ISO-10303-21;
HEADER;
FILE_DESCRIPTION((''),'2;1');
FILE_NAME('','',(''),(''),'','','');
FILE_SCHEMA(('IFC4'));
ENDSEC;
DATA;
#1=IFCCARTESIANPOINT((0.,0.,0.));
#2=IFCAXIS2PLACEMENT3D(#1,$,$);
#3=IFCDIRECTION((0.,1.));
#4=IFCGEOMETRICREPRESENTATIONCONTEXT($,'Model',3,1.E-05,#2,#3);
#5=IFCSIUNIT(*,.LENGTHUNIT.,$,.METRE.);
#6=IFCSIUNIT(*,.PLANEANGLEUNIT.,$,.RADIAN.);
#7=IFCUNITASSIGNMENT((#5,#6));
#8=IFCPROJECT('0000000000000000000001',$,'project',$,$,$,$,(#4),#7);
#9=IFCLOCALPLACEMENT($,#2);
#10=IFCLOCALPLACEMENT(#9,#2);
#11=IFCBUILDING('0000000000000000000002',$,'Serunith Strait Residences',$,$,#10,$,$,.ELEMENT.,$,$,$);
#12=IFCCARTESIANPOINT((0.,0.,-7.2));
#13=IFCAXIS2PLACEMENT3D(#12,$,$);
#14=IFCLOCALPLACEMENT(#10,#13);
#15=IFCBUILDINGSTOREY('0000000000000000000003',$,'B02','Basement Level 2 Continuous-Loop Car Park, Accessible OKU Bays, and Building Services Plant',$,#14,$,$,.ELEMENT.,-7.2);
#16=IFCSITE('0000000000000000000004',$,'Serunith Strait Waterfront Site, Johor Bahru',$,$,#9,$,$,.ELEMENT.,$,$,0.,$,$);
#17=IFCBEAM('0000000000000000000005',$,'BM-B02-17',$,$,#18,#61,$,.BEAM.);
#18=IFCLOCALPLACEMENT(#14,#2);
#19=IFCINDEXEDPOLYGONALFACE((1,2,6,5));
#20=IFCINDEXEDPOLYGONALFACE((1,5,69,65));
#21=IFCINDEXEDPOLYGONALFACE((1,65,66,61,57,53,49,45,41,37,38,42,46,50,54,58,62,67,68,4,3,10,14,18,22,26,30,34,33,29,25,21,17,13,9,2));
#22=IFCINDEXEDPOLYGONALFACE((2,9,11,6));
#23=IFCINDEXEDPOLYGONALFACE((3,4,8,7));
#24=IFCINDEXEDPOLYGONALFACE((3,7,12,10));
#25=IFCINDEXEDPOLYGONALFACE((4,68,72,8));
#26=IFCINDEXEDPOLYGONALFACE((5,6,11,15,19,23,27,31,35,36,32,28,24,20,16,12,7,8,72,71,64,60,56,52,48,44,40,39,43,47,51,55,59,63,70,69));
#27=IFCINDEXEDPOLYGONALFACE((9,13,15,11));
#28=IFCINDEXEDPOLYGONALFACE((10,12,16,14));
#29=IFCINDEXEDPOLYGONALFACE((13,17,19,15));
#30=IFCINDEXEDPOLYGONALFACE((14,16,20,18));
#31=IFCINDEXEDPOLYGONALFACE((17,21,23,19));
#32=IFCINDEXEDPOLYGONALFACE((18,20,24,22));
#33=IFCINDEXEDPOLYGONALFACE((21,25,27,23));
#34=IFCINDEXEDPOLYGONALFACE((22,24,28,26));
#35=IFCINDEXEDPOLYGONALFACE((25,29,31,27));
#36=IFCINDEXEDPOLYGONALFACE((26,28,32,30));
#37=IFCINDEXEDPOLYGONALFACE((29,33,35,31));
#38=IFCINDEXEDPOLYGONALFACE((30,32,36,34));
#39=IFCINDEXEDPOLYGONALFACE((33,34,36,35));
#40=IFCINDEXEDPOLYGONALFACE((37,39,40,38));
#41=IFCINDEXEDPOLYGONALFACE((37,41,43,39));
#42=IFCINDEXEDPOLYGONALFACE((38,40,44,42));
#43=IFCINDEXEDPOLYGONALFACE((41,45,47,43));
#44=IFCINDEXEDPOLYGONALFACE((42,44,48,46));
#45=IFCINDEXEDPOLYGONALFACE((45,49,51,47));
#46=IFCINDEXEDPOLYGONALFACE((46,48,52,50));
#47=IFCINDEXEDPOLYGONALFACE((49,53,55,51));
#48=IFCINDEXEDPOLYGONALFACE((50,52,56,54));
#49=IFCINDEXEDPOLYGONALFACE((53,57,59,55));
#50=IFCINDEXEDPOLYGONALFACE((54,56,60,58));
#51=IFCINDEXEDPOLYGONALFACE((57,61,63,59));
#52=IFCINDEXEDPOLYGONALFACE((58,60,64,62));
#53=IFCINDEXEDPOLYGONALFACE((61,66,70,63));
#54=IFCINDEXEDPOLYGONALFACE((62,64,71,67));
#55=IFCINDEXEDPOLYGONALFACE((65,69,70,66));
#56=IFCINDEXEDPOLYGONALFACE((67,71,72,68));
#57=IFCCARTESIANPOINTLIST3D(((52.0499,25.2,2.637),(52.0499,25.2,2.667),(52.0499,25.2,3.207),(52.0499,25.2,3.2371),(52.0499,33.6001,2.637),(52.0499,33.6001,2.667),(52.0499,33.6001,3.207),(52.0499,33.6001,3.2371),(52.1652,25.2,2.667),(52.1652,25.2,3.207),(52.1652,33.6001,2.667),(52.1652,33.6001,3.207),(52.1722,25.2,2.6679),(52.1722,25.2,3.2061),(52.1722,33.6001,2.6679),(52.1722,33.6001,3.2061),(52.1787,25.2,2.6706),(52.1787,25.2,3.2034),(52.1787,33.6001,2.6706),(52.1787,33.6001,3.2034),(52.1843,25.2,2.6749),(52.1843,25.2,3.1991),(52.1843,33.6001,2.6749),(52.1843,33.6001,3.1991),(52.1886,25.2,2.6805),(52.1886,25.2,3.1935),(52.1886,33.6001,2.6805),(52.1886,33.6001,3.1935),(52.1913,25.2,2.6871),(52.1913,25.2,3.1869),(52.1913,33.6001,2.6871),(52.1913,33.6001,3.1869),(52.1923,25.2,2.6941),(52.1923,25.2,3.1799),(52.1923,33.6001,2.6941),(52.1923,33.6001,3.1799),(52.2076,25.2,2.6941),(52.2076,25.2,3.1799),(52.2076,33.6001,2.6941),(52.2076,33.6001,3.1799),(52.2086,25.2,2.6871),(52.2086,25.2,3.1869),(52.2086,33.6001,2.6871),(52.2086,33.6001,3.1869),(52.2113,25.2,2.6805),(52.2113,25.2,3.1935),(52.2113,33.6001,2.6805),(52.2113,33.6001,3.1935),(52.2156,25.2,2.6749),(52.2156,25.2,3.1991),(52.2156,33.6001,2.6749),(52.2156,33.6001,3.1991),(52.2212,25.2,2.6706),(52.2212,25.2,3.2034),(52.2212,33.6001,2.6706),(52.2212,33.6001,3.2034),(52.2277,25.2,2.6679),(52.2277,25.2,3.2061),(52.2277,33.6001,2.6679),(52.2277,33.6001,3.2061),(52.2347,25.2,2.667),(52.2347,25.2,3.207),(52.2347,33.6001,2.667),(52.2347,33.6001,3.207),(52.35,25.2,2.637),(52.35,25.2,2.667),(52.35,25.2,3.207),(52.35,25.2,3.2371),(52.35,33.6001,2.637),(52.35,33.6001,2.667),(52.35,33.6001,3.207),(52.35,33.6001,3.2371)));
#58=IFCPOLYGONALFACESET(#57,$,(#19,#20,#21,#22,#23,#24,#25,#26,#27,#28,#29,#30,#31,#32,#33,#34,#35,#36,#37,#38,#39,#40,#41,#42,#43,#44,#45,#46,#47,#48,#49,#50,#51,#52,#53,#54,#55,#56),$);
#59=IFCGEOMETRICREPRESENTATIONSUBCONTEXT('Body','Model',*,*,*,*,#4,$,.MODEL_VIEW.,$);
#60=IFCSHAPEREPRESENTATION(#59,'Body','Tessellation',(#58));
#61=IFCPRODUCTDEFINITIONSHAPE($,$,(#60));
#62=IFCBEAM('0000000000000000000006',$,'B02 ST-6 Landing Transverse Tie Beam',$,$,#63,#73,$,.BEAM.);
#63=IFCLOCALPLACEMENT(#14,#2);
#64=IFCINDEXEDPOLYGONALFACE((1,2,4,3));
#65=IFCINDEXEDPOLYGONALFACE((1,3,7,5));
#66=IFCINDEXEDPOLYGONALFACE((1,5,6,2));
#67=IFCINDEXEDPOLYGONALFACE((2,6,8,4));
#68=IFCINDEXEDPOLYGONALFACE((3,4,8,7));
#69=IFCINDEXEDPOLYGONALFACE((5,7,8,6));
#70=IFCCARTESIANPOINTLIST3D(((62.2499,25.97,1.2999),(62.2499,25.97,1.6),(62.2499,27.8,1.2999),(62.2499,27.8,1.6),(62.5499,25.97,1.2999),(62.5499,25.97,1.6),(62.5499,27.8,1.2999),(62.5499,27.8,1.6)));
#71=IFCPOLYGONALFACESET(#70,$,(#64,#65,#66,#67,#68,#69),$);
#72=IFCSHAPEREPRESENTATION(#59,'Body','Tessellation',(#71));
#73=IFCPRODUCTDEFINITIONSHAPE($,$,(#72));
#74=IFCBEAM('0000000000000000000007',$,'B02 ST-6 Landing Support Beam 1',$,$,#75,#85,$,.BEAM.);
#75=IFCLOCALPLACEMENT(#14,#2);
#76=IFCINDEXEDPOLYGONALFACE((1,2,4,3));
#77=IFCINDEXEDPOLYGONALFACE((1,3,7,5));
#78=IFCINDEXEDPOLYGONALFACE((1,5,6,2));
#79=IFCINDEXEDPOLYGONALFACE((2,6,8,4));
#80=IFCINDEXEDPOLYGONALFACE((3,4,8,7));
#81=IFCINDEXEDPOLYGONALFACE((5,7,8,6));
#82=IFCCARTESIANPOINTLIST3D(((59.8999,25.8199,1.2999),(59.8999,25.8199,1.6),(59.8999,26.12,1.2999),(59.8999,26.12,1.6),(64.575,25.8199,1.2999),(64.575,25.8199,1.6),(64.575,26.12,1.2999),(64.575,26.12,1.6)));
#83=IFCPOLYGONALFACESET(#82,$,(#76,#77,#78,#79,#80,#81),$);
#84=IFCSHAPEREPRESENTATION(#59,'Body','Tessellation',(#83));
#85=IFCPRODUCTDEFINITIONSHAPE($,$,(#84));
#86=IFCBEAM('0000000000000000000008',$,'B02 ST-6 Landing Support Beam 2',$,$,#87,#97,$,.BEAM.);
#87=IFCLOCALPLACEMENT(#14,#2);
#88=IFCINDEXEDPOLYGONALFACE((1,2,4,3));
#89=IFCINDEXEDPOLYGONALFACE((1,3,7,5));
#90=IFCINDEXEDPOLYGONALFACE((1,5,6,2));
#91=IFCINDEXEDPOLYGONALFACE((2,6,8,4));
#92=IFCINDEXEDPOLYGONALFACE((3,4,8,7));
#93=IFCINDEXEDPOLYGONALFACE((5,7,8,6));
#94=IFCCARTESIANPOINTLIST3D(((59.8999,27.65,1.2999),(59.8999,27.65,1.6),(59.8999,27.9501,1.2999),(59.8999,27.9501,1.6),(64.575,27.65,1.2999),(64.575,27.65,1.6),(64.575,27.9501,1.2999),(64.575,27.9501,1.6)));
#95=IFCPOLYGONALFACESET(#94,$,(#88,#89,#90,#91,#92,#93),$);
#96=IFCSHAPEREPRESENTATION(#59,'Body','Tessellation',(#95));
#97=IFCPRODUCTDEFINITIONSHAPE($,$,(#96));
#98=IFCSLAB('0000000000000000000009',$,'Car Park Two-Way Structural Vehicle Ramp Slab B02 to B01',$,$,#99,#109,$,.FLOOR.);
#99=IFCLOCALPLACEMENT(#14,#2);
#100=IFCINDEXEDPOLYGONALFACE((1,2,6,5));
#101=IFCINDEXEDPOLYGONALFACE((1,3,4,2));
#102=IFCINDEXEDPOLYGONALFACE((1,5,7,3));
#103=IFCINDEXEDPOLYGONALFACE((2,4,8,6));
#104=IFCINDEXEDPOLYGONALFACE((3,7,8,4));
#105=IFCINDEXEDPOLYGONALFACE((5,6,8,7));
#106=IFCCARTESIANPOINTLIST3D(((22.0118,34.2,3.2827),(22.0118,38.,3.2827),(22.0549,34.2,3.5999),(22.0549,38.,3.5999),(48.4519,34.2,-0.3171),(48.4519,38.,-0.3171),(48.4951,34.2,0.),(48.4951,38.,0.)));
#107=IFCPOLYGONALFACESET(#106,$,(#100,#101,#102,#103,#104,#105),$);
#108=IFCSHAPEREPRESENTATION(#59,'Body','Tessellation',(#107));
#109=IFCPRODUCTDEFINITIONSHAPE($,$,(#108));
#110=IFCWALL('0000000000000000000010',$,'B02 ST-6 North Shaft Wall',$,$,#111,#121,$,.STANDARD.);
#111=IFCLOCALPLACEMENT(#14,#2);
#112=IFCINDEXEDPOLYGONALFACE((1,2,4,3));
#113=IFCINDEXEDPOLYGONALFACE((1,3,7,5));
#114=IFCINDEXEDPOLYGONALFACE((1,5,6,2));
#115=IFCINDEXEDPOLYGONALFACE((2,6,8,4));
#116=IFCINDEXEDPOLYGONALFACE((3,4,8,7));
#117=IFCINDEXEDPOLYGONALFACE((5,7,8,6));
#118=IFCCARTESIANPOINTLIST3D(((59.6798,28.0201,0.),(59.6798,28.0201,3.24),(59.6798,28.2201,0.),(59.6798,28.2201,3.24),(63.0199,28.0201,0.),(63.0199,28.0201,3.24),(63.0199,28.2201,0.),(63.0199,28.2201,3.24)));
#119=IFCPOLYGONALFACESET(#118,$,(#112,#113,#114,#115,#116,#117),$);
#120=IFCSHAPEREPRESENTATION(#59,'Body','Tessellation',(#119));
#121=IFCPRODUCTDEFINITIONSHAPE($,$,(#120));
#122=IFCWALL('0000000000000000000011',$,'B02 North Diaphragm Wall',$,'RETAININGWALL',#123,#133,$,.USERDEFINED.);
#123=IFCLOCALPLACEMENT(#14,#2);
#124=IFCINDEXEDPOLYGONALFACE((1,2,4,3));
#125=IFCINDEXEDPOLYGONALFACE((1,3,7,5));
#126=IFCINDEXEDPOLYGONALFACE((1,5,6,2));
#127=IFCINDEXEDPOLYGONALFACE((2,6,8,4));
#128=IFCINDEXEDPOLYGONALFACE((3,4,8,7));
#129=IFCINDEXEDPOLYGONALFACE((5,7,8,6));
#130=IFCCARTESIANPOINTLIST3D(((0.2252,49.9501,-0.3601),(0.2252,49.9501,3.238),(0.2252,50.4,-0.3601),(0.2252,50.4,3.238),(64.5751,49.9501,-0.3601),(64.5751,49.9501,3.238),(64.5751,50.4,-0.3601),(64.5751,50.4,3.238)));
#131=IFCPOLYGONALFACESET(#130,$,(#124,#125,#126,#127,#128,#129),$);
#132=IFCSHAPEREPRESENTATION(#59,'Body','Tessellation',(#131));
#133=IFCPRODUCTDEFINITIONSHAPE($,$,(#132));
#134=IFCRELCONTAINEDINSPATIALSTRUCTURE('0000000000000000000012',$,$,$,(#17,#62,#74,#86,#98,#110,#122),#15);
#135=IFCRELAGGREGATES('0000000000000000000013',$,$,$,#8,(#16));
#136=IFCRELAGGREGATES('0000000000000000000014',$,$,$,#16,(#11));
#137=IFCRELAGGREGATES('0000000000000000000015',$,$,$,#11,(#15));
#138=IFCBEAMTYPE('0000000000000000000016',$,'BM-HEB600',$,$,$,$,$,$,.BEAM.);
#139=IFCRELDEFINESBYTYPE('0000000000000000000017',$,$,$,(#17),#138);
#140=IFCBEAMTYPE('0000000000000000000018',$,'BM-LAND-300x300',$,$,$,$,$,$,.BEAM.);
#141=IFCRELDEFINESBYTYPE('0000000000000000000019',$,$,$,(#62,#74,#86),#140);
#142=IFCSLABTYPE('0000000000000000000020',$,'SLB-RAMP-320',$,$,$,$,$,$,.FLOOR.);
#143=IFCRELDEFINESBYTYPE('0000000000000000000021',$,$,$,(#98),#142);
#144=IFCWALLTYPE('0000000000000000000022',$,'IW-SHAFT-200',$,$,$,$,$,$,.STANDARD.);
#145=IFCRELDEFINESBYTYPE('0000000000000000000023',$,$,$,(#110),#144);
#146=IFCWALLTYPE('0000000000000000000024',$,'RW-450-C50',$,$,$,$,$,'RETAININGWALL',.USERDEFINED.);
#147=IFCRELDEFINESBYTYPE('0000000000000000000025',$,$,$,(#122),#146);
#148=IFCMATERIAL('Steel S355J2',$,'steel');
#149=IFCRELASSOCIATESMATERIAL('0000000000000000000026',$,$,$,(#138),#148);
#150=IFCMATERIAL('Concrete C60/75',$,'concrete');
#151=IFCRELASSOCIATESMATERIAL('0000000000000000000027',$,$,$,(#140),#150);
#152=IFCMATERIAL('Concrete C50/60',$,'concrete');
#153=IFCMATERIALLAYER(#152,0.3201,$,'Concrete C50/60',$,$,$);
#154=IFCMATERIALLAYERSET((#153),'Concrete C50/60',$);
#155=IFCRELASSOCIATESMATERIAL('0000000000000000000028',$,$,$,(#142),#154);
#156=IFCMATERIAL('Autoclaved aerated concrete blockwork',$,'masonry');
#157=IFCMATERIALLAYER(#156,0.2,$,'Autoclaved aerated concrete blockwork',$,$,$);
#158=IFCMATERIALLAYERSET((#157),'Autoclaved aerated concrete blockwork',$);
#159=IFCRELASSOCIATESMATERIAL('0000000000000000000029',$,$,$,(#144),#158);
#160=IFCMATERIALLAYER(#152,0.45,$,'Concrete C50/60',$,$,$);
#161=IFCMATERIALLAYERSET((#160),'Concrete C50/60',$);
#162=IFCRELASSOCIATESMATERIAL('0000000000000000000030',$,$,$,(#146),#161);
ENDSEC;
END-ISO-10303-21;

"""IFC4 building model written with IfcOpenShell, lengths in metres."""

from ifc_helpers import new_model, si_unit, direction, frame, frame_2d, origin, origin_2d, place, context, subcontext, project, spatial, polyline, rectangle, i_section, outline, extrude, source, transform, mapped, material, layer, layer_set, material_profile, profile_set, type_object, element, save


model = new_model("IFC4")

# Units and contexts
model_context = context("Model", 3, precision=1e-05, world=origin(), true_north=direction((0.0, 1.0)))
body_context = subcontext(model_context, "Body", "Model", "MODEL_VIEW")
ifc_project = project(units=[si_unit("LENGTHUNIT", "METRE"), si_unit("PLANEANGLEUNIT", "RADIAN")], contexts=[model_context])

# Site, building, storey
site_placement = place(None, origin())
site = spatial("IfcSite", under=ifc_project, at=site_placement, Name="Serunith Strait Waterfront Site, Johor Bahru", CompositionType="ELEMENT", RefElevation=0.0)
building_placement = place(site_placement, origin())
building = spatial("IfcBuilding", under=site, at=building_placement, Name="Serunith Strait Residences", CompositionType="ELEMENT")
storey_placement = place(building_placement, frame((0.0, 0.0, -7.2)))
storey = spatial("IfcBuildingStorey", under=building, at=storey_placement, Name="B02", Description="Basement Level 2 Continuous-Loop Car Park, Accessible OKU Bays, and Building Services Plant", CompositionType="ELEMENT", Elevation=-7.2)

# Beams
ifc_material_1 = material(Name="Steel S355J2", Category="steel")
ifc_material_profile_1 = material_profile(ifc_material_1, i_section(OverallWidth=0.3, OverallDepth=0.6001, WebThickness=0.0154, FlangeThickness=0.03, FilletRadius=0.0271, at=origin_2d()), Name="HEB 600")
ifc_profile_set_1 = profile_set([ifc_material_profile_1], Name="Steel S355J2")
beam_type_1 = type_object("IfcBeamType", Name="BM-HEB600", PredefinedType="BEAM", material=ifc_profile_set_1)
shared_shape_1 = source(origin(), body_context, "Body", "SweptSolid", [
    extrude(i_section(OverallWidth=0.3, OverallDepth=0.6001, WebThickness=0.0154, FlangeThickness=0.03, FilletRadius=0.0271, at=origin_2d()), origin(), (0.0, 0.0, 1.0), 8.4001),
])
beam_1_placement = place(storey_placement, frame((52.2, 25.2, 2.937), z_axis=(0.0, 1.0, 0.0), x_axis=(-1.0, 0.0, 0.0)))
element("IfcBeam", 1, at=beam_1_placement, inside=storey, type_object=beam_type_1, Name="BM-B02-17", PredefinedType="BEAM", context=body_context, shape_type="MappedRepresentation", body=[
    mapped(shared_shape_1, transform((0.0, 0.0, 0.0), scale=1.0)),
])
ifc_material_2 = material(Name="Concrete C60/75", Category="concrete")
ifc_material_profile_2 = material_profile(ifc_material_2, rectangle(XDim=0.3, YDim=0.3, at=origin_2d()), Name="RC 300x300")
ifc_profile_set_2 = profile_set([ifc_material_profile_2], Name="Concrete C60/75")
beam_type_2 = type_object("IfcBeamType", Name="BM-LAND-300x300", PredefinedType="BEAM", material=ifc_profile_set_2)
shared_shape_2 = source(origin(), body_context, "Body", "SweptSolid", [
    extrude(rectangle(XDim=0.3, YDim=0.3, at=origin_2d()), origin(), (0.0, 0.0, 1.0), 1.8301),
])
beam_2_placement = place(storey_placement, frame((62.3999, 25.97, 1.45), z_axis=(0.0, 1.0, 0.0), x_axis=(-1.0, 0.0, 0.0)))
element("IfcBeam", 2, at=beam_2_placement, inside=storey, type_object=beam_type_2, Name="B02 ST-6 Landing Transverse Tie Beam", PredefinedType="BEAM", context=body_context, shape_type="MappedRepresentation", body=[
    mapped(shared_shape_2, transform((0.0, 0.0, 0.0), scale=1.0)),
])
shared_shape_3 = source(origin(), body_context, "Body", "SweptSolid", [
    extrude(rectangle(XDim=0.3, YDim=0.3, at=origin_2d()), origin(), (0.0, 0.0, 1.0), 4.675),
])
for number, where, z_axis, x_axis, name in (
    (3, (59.8999, 25.97, 1.45), (1.0, 0.0, 0.0), (0.0, 1.0, 0.0), "B02 ST-6 Landing Support Beam 1"),
    (4, (59.8999, 27.8, 1.45), (1.0, 0.0, 0.0), (0.0, 1.0, 0.0), "B02 ST-6 Landing Support Beam 2"),
):
    element("IfcBeam", number, at=place(storey_placement, frame(where, z_axis=z_axis, x_axis=x_axis)), inside=storey, type_object=beam_type_2, Name=name, PredefinedType="BEAM", context=body_context, shape_type="MappedRepresentation", body=[
        mapped(shared_shape_3, transform((0.0, 0.0, 0.0), scale=1.0)),
    ])

# Slab
ifc_material_3 = material(Name="Concrete C50/60", Category="concrete")
ifc_layer_1 = layer(ifc_material_3, 0.3201, Name="Concrete C50/60")
ifc_layer_set_1 = layer_set([ifc_layer_1], Name="Concrete C50/60")
slab_type = type_object("IfcSlabType", Name="SLB-RAMP-320", PredefinedType="FLOOR", material=ifc_layer_set_1)
slab_placement = place(storey_placement, frame((48.4951, 38.0, 0.0), z_axis=(0.134906, 0.0, 0.990858), x_axis=(-0.990858, 0.0, 0.134906)))
element("IfcSlab", 5, at=slab_placement, inside=storey, type_object=slab_type, Name="Car Park Two-Way Structural Vehicle Ramp Slab B02 to B01", PredefinedType="FLOOR", context=body_context, shape_type="SweptSolid", body=[
    extrude(outline(polyline([(0.0, 0.0), (26.6841, 0.0), (26.6841, 3.8), (0.0, 3.8), (0.0, 0.0)])), origin(), (0.0, 0.0, -1.0), 0.3201),
])

# Walls
ifc_material_4 = material(Name="Autoclaved aerated concrete blockwork", Category="masonry")
ifc_layer_2 = layer(ifc_material_4, 0.2, Name="Autoclaved aerated concrete blockwork")
ifc_layer_set_2 = layer_set([ifc_layer_2], Name="Autoclaved aerated concrete blockwork")
wall_type_1 = type_object("IfcWallType", Name="IW-SHAFT-200", PredefinedType="STANDARD", material=ifc_layer_set_2)
wall_1_placement = place(storey_placement, frame((59.6799, 28.1201, 0.0), z_axis=(0.0, 0.0, 1.0), x_axis=(1.0, 0.0, 0.0)))
element("IfcWall", 6, at=wall_1_placement, inside=storey, type_object=wall_type_1, Name="B02 ST-6 North Shaft Wall", PredefinedType="STANDARD", context=body_context, shape_type="SweptSolid", body=[
    extrude(rectangle(XDim=3.3401, YDim=0.2, at=frame_2d((1.6699, 0.0))), origin(), (0.0, 0.0, 1.0), 3.24),
])
ifc_layer_3 = layer(ifc_material_3, 0.45, Name="Concrete C50/60")
ifc_layer_set_3 = layer_set([ifc_layer_3], Name="Concrete C50/60")
wall_type_2 = type_object("IfcWallType", Name="RW-450-C50", ElementType="RETAININGWALL", PredefinedType="USERDEFINED", material=ifc_layer_set_3)
wall_2_placement = place(storey_placement, frame((64.575, 50.175, -0.3601), z_axis=(0.0, 0.0, 1.0), x_axis=(-1.0, 0.0, 0.0)))
element("IfcWall", 7, at=wall_2_placement, inside=storey, type_object=wall_type_2, Name="B02 North Diaphragm Wall", ObjectType="RETAININGWALL", PredefinedType="USERDEFINED", context=body_context, shape_type="SweptSolid", body=[
    extrude(rectangle(XDim=64.3499, YDim=0.45, at=frame_2d((32.1748, 0.0))), origin(), (0.0, 0.0, 1.0), 3.5981),
])

save(model, "model.ifc")
